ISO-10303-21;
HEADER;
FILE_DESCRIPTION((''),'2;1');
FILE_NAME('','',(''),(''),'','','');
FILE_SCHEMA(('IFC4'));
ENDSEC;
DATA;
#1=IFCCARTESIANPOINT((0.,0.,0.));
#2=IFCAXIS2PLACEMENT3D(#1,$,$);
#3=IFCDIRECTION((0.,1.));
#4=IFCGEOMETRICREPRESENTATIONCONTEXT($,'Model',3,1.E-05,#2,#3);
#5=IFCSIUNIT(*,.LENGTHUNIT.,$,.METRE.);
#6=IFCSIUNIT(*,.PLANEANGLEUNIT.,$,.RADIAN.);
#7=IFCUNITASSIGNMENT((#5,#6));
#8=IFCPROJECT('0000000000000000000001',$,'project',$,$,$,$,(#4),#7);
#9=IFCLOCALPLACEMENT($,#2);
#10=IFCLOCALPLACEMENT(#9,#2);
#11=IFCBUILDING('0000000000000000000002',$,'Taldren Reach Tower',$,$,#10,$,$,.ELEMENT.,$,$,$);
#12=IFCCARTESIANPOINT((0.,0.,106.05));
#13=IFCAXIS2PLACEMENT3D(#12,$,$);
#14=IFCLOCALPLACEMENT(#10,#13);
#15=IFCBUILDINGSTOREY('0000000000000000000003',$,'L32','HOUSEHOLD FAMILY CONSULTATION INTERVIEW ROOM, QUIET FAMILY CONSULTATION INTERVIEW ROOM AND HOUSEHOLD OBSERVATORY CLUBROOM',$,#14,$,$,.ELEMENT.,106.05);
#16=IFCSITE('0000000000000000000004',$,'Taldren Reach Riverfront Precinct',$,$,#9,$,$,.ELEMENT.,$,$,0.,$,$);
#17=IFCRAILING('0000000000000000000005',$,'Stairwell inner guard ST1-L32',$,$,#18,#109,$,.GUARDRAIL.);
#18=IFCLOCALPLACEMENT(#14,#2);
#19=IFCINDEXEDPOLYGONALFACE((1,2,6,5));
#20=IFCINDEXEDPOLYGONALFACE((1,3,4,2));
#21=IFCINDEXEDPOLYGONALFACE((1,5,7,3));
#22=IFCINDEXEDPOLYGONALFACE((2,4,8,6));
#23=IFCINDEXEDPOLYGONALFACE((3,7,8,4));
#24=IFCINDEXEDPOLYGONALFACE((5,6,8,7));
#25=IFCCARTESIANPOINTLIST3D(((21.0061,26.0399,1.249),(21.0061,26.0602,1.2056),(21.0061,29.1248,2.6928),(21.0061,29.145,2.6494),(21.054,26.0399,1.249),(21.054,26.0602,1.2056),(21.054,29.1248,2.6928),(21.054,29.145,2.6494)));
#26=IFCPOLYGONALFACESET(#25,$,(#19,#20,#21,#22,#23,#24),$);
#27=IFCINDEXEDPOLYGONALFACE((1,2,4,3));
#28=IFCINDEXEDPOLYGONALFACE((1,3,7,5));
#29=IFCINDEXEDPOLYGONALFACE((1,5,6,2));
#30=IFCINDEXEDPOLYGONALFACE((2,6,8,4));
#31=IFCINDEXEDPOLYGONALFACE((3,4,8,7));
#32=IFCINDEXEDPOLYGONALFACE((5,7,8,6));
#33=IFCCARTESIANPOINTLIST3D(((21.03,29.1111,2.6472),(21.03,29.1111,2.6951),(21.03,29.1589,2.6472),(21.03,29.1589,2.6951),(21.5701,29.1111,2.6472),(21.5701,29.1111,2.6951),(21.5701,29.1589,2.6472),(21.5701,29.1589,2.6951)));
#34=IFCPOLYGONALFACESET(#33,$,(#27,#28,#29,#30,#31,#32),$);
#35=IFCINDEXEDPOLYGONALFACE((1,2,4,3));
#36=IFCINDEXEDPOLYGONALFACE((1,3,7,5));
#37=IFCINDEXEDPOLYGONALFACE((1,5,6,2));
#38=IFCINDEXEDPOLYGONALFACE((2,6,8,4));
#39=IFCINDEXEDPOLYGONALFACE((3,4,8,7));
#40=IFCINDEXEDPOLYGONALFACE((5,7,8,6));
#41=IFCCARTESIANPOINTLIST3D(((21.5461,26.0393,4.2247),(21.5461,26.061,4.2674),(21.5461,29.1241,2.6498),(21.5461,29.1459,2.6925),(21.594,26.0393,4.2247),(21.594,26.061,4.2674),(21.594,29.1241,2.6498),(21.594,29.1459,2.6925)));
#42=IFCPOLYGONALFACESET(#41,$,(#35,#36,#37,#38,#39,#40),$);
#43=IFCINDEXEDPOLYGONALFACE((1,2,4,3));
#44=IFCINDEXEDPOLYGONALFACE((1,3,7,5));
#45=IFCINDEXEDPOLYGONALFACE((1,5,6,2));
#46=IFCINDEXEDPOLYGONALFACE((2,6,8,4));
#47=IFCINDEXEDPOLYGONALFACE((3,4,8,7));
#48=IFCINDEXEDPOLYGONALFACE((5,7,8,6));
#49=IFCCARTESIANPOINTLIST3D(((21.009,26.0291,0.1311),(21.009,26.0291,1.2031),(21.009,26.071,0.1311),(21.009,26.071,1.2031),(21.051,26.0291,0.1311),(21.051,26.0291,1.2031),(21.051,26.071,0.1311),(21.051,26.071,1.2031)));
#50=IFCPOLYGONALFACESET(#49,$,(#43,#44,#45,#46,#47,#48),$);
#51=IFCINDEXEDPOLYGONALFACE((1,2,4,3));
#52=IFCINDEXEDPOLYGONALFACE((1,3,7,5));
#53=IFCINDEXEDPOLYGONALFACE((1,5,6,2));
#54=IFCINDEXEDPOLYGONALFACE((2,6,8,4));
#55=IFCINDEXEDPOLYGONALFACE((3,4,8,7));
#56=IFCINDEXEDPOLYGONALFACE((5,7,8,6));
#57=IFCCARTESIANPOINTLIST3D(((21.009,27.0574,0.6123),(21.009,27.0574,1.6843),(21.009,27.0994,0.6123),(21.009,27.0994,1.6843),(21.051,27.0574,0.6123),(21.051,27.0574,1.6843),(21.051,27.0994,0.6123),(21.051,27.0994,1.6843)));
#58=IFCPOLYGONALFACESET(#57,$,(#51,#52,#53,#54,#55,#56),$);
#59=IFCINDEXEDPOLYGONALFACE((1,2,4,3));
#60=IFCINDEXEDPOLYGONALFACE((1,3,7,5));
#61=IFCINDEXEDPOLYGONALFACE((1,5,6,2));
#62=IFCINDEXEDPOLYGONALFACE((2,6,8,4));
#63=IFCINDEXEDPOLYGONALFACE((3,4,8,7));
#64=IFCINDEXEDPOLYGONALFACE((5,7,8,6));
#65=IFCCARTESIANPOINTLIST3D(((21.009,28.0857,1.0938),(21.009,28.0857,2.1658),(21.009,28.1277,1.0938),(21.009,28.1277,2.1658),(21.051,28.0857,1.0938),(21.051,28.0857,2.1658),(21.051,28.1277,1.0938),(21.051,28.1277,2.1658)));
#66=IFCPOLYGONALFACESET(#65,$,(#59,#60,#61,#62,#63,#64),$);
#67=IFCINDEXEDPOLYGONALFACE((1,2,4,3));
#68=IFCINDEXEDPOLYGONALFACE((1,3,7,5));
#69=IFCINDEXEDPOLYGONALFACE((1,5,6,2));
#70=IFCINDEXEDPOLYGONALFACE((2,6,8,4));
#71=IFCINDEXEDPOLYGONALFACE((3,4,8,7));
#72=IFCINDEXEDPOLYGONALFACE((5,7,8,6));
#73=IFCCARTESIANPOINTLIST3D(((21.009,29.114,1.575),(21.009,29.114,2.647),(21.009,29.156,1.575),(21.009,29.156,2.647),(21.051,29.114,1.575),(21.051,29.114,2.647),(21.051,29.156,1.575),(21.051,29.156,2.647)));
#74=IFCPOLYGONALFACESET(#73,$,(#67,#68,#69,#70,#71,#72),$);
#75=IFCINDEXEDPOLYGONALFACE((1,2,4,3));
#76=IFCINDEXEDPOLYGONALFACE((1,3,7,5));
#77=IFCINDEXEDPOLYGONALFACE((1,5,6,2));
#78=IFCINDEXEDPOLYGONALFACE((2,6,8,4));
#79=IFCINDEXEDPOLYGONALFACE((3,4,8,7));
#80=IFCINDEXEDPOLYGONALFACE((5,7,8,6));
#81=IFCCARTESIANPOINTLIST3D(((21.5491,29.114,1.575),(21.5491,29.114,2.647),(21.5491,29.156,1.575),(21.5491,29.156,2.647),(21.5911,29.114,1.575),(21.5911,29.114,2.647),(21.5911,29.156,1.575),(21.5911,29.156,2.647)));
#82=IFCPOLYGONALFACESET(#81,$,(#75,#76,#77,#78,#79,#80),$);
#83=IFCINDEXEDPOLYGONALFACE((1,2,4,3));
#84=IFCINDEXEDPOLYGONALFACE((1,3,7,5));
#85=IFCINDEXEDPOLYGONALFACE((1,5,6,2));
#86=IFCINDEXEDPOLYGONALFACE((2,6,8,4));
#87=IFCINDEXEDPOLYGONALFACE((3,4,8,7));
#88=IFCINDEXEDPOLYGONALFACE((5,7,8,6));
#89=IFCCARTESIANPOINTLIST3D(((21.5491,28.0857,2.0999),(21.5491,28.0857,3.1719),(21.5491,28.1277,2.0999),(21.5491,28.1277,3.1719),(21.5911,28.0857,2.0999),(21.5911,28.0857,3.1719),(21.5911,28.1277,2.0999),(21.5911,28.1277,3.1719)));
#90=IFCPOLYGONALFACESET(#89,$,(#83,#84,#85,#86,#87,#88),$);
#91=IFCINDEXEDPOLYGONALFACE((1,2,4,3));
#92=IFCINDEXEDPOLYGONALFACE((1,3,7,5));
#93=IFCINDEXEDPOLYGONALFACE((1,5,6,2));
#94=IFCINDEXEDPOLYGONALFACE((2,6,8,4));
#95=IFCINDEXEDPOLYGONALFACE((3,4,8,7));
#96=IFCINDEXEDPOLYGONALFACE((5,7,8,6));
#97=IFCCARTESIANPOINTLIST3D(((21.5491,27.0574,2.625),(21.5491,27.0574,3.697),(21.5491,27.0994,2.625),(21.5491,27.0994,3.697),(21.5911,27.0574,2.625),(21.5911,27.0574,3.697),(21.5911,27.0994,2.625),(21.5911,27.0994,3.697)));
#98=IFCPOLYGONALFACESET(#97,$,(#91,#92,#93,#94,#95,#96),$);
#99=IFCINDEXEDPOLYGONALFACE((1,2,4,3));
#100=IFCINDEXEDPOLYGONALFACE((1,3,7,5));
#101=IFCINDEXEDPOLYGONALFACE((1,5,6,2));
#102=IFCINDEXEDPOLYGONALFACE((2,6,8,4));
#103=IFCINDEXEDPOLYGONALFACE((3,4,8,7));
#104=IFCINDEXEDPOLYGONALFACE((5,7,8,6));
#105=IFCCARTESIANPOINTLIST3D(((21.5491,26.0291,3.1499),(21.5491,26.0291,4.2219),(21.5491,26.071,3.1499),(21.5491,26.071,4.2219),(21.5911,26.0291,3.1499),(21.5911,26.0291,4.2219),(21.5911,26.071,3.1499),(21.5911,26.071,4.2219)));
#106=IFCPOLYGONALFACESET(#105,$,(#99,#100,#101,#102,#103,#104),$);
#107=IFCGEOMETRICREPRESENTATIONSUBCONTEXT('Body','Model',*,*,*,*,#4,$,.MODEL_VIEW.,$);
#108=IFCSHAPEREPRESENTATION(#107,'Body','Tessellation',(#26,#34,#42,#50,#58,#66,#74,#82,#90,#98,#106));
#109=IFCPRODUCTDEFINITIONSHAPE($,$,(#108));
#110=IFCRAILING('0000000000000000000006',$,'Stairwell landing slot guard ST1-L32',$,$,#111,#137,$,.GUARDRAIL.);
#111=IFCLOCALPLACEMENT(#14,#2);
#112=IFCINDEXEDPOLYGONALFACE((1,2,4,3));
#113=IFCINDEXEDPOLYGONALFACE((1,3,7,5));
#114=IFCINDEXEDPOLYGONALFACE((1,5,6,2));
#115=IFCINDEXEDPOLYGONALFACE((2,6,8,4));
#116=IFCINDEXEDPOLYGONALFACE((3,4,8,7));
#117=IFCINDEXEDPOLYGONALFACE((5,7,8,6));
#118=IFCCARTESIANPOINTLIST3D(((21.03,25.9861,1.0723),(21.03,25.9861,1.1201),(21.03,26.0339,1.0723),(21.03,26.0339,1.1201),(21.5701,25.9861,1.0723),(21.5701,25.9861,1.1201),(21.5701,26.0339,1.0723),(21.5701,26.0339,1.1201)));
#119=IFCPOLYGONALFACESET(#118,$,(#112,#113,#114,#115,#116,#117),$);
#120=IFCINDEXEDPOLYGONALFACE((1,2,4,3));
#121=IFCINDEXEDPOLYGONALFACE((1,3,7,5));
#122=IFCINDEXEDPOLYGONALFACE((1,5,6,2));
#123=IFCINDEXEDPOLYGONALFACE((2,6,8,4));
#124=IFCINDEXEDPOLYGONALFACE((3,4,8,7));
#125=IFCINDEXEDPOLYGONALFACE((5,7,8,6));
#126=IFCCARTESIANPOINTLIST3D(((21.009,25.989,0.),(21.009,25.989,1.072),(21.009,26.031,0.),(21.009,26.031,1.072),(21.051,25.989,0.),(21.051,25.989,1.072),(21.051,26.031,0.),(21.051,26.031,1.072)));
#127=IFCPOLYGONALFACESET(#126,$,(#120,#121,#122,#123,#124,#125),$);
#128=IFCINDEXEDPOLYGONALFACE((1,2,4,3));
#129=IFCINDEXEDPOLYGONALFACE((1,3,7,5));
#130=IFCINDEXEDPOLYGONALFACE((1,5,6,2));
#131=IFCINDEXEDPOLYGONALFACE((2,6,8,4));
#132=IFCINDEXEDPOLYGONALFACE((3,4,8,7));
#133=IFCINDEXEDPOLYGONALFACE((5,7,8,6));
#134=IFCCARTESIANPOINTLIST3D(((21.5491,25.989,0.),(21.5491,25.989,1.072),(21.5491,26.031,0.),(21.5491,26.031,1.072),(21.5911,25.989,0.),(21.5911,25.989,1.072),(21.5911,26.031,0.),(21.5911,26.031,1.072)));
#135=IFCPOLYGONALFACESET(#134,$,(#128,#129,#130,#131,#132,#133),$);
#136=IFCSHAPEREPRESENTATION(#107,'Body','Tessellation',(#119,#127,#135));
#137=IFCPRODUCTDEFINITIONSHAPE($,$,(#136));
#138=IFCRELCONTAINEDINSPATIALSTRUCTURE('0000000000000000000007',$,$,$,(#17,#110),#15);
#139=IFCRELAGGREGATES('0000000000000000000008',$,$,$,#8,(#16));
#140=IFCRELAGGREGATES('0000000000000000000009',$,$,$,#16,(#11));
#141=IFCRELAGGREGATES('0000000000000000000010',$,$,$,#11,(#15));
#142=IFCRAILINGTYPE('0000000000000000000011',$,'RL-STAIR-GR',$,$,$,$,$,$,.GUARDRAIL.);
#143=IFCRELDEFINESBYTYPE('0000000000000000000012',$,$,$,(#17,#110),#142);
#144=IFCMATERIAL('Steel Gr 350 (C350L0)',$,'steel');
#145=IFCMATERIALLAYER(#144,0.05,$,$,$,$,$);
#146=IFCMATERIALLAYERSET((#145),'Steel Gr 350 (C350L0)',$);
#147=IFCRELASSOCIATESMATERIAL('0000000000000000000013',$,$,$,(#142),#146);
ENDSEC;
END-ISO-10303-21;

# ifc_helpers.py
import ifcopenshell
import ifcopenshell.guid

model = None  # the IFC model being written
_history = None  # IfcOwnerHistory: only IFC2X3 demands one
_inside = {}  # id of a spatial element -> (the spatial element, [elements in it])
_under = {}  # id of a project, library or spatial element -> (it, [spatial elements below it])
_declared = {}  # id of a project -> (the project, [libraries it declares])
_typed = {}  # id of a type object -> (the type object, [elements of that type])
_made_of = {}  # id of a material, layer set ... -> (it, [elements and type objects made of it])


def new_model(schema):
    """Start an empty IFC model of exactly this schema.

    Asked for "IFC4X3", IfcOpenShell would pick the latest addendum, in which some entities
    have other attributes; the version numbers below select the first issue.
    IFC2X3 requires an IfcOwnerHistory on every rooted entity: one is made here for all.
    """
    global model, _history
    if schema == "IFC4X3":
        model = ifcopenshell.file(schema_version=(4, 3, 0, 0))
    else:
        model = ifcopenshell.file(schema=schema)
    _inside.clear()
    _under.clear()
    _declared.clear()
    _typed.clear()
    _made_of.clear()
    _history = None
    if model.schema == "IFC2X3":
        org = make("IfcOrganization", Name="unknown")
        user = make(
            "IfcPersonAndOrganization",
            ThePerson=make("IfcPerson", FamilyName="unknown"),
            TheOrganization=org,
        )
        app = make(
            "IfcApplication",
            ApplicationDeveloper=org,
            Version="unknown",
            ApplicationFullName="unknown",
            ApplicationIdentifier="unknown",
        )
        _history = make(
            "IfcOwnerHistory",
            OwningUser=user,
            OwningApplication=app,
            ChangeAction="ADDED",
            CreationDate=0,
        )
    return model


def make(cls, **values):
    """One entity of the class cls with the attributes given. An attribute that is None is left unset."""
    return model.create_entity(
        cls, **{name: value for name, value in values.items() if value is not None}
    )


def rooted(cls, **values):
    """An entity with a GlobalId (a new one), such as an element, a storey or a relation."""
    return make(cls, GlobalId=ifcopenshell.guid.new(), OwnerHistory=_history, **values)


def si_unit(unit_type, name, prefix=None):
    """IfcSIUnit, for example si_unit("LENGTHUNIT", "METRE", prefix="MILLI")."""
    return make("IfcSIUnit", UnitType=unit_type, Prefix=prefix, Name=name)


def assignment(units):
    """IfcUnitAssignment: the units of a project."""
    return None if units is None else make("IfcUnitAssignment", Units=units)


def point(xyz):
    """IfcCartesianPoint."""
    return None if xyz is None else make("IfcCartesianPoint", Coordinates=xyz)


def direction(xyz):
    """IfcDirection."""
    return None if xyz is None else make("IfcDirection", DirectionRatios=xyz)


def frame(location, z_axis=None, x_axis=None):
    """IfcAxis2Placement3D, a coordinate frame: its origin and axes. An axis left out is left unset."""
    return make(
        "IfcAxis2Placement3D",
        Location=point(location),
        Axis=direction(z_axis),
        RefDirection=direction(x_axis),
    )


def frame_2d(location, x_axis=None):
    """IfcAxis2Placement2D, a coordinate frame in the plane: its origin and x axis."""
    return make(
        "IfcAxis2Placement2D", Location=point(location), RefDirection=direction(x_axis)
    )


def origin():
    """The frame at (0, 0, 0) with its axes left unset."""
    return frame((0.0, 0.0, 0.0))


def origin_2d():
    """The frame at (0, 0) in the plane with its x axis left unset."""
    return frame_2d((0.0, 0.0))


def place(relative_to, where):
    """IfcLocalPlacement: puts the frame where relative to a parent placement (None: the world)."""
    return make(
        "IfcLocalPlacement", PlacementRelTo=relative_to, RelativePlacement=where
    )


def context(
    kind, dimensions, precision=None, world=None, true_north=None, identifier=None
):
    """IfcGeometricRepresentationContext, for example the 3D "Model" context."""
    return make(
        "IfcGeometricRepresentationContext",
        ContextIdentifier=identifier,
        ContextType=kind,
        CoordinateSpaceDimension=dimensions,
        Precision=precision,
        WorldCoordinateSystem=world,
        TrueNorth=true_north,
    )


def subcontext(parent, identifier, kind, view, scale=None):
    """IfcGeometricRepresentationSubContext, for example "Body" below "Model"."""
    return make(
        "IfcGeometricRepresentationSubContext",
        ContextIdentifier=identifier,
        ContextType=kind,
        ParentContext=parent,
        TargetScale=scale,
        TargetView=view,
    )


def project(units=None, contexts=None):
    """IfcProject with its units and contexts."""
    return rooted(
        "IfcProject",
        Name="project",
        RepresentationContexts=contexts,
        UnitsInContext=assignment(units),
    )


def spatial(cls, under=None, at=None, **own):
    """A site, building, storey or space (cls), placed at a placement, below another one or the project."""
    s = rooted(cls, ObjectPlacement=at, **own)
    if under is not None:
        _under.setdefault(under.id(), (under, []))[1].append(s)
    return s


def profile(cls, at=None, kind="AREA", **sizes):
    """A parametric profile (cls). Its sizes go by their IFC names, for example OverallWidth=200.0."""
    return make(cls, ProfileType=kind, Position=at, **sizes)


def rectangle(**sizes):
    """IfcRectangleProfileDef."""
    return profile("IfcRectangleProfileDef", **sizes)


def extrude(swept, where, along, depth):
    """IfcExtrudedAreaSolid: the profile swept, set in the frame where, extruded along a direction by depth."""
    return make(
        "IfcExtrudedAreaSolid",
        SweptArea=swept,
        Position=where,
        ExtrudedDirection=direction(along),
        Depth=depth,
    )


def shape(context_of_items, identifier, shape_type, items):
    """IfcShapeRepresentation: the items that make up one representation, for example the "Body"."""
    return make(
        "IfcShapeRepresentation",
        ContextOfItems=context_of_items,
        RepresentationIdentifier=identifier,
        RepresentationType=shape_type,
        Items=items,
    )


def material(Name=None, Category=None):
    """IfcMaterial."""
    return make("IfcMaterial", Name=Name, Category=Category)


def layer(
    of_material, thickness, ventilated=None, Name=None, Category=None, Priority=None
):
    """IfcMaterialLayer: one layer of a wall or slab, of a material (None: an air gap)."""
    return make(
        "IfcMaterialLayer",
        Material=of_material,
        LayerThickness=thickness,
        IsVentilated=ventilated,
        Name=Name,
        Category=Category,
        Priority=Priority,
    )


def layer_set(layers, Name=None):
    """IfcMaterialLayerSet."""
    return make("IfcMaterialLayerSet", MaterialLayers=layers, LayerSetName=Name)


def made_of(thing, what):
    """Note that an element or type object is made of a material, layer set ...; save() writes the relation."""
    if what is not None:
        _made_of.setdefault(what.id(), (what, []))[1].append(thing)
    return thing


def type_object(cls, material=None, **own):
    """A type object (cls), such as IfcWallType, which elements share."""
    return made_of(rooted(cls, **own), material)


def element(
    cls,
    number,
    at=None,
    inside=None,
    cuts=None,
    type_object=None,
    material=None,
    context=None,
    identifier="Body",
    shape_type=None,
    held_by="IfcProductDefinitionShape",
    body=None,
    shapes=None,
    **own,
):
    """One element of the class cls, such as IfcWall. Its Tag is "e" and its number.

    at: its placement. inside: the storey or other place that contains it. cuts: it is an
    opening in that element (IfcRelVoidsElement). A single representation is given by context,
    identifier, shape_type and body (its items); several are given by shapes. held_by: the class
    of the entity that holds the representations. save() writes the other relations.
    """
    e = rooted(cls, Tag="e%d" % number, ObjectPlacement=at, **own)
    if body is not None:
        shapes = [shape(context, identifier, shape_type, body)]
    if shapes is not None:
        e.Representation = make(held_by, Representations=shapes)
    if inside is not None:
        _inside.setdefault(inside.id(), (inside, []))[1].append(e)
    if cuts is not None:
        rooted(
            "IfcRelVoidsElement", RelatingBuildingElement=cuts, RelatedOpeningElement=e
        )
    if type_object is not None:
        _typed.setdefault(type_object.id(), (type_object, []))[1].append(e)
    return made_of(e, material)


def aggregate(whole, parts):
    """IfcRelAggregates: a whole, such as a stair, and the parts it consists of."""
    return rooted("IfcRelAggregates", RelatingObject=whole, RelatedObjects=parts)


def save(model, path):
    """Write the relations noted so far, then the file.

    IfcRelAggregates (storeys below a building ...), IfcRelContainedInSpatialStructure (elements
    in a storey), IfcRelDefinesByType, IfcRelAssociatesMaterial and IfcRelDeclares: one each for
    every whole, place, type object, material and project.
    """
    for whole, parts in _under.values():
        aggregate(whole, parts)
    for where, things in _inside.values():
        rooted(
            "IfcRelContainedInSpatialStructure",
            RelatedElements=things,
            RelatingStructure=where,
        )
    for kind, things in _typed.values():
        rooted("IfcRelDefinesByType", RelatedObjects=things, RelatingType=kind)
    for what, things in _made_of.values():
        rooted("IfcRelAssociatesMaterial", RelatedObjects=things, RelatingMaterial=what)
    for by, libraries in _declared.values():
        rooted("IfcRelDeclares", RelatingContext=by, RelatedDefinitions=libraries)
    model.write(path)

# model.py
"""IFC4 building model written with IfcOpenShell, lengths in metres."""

from ifc_helpers import new_model, si_unit, direction, frame, origin, origin_2d, place, context, subcontext, project, spatial, rectangle, extrude, material, layer, layer_set, type_object, element, save


model = new_model("IFC4")

# Units and contexts
model_context = context("Model", 3, precision=1e-05, world=origin(), true_north=direction((0.0, 1.0)))
body_context = subcontext(model_context, "Body", "Model", "MODEL_VIEW")
ifc_project = project(units=[si_unit("LENGTHUNIT", "METRE"), si_unit("PLANEANGLEUNIT", "RADIAN")], contexts=[model_context])

# Site, building, storey
site_placement = place(None, origin())
site = spatial("IfcSite", under=ifc_project, at=site_placement, Name="Taldren Reach Riverfront Precinct", CompositionType="ELEMENT", RefElevation=0.0)
building_placement = place(site_placement, origin())
building = spatial("IfcBuilding", under=site, at=building_placement, Name="Taldren Reach Tower", CompositionType="ELEMENT")
storey_placement = place(building_placement, frame((0.0, 0.0, 106.05)))
storey = spatial("IfcBuildingStorey", under=building, at=storey_placement, Name="L32", Description="HOUSEHOLD FAMILY CONSULTATION INTERVIEW ROOM, QUIET FAMILY CONSULTATION INTERVIEW ROOM AND HOUSEHOLD OBSERVATORY CLUBROOM", CompositionType="ELEMENT", Elevation=106.05)

# Shared definitions
ifc_material_1 = material(Name="Steel Gr 350 (C350L0)", Category="steel")

# Railings
ifc_layer_1 = layer(ifc_material_1, 0.05)
ifc_layer_set_1 = layer_set([ifc_layer_1], Name="Steel Gr 350 (C350L0)")
railing_type_1 = type_object("IfcRailingType", Name="RL-STAIR-GR", PredefinedType="GUARDRAIL", material=ifc_layer_set_1)
railing_1_placement = place(storey_placement, frame((21.03, 26.05, 0.1311)))
element("IfcRailing", 1, at=railing_1_placement, inside=storey, type_object=railing_type_1, Name="Stairwell inner guard ST1-L32", PredefinedType="GUARDRAIL", context=body_context, shape_type="SweptSolid", body=[
    extrude(rectangle(XDim=0.0479, YDim=0.0479, at=origin_2d()), frame((0.0, 0.0, 1.0962), z_axis=(0.0, 0.90571, 0.423898), x_axis=(-1.0, 0.0, 0.0)), (0.0, 0.0, 1.0), 3.406),
    extrude(rectangle(XDim=0.0479, YDim=0.0479, at=origin_2d()), frame((0.0, 3.085, 2.54), z_axis=(1.0, 0.0, 0.0), x_axis=(0.0, 1.0, 0.0)), (0.0, 0.0, 1.0), 0.54),
    extrude(rectangle(XDim=0.0479, YDim=0.0479, at=origin_2d()), frame((0.54, 3.085, 2.54), z_axis=(0.0, -0.890646, 0.454697), x_axis=(1.0, 0.0, 0.0)), (0.0, 0.0, 1.0), 3.4636),
    extrude(rectangle(XDim=0.042, YDim=0.042, at=origin_2d()), origin(), (0.0, 0.0, 1.0), 1.072),
    extrude(rectangle(XDim=0.042, YDim=0.042, at=origin_2d()), frame((0.0, 1.0283, 0.4812)), (0.0, 0.0, 1.0), 1.072),
    extrude(rectangle(XDim=0.042, YDim=0.042, at=origin_2d()), frame((0.0, 2.0566, 0.9626)), (0.0, 0.0, 1.0), 1.072),
    extrude(rectangle(XDim=0.042, YDim=0.042, at=origin_2d()), frame((0.0, 3.085, 1.4438)), (0.0, 0.0, 1.0), 1.072),
    extrude(rectangle(XDim=0.042, YDim=0.042, at=origin_2d()), frame((0.54, 3.085, 1.4438)), (0.0, 0.0, 1.0), 1.072),
    extrude(rectangle(XDim=0.042, YDim=0.042, at=origin_2d()), frame((0.54, 2.0566, 1.9688)), (0.0, 0.0, 1.0), 1.072),
    extrude(rectangle(XDim=0.042, YDim=0.042, at=origin_2d()), frame((0.54, 1.0283, 2.4939)), (0.0, 0.0, 1.0), 1.072),
    extrude(rectangle(XDim=0.042, YDim=0.042, at=origin_2d()), frame((0.54, 0.0, 3.0188)), (0.0, 0.0, 1.0), 1.072),
])
railing_2_placement = place(storey_placement, frame((21.03, 26.01, 0.0)))
element("IfcRailing", 2, at=railing_2_placement, inside=storey, type_object=railing_type_1, Name="Stairwell landing slot guard ST1-L32", PredefinedType="GUARDRAIL", context=body_context, shape_type="SweptSolid", body=[
    extrude(rectangle(XDim=0.0479, YDim=0.0479, at=origin_2d()), frame((0.0, 0.0, 1.0962), z_axis=(1.0, 0.0, 0.0), x_axis=(0.0, 1.0, 0.0)), (0.0, 0.0, 1.0), 0.54),
    extrude(rectangle(XDim=0.042, YDim=0.042, at=origin_2d()), origin(), (0.0, 0.0, 1.0), 1.072),
    extrude(rectangle(XDim=0.042, YDim=0.042, at=origin_2d()), frame((0.54, 0.0, 0.0)), (0.0, 0.0, 1.0), 1.072),
])

save(model, "model.ifc")
